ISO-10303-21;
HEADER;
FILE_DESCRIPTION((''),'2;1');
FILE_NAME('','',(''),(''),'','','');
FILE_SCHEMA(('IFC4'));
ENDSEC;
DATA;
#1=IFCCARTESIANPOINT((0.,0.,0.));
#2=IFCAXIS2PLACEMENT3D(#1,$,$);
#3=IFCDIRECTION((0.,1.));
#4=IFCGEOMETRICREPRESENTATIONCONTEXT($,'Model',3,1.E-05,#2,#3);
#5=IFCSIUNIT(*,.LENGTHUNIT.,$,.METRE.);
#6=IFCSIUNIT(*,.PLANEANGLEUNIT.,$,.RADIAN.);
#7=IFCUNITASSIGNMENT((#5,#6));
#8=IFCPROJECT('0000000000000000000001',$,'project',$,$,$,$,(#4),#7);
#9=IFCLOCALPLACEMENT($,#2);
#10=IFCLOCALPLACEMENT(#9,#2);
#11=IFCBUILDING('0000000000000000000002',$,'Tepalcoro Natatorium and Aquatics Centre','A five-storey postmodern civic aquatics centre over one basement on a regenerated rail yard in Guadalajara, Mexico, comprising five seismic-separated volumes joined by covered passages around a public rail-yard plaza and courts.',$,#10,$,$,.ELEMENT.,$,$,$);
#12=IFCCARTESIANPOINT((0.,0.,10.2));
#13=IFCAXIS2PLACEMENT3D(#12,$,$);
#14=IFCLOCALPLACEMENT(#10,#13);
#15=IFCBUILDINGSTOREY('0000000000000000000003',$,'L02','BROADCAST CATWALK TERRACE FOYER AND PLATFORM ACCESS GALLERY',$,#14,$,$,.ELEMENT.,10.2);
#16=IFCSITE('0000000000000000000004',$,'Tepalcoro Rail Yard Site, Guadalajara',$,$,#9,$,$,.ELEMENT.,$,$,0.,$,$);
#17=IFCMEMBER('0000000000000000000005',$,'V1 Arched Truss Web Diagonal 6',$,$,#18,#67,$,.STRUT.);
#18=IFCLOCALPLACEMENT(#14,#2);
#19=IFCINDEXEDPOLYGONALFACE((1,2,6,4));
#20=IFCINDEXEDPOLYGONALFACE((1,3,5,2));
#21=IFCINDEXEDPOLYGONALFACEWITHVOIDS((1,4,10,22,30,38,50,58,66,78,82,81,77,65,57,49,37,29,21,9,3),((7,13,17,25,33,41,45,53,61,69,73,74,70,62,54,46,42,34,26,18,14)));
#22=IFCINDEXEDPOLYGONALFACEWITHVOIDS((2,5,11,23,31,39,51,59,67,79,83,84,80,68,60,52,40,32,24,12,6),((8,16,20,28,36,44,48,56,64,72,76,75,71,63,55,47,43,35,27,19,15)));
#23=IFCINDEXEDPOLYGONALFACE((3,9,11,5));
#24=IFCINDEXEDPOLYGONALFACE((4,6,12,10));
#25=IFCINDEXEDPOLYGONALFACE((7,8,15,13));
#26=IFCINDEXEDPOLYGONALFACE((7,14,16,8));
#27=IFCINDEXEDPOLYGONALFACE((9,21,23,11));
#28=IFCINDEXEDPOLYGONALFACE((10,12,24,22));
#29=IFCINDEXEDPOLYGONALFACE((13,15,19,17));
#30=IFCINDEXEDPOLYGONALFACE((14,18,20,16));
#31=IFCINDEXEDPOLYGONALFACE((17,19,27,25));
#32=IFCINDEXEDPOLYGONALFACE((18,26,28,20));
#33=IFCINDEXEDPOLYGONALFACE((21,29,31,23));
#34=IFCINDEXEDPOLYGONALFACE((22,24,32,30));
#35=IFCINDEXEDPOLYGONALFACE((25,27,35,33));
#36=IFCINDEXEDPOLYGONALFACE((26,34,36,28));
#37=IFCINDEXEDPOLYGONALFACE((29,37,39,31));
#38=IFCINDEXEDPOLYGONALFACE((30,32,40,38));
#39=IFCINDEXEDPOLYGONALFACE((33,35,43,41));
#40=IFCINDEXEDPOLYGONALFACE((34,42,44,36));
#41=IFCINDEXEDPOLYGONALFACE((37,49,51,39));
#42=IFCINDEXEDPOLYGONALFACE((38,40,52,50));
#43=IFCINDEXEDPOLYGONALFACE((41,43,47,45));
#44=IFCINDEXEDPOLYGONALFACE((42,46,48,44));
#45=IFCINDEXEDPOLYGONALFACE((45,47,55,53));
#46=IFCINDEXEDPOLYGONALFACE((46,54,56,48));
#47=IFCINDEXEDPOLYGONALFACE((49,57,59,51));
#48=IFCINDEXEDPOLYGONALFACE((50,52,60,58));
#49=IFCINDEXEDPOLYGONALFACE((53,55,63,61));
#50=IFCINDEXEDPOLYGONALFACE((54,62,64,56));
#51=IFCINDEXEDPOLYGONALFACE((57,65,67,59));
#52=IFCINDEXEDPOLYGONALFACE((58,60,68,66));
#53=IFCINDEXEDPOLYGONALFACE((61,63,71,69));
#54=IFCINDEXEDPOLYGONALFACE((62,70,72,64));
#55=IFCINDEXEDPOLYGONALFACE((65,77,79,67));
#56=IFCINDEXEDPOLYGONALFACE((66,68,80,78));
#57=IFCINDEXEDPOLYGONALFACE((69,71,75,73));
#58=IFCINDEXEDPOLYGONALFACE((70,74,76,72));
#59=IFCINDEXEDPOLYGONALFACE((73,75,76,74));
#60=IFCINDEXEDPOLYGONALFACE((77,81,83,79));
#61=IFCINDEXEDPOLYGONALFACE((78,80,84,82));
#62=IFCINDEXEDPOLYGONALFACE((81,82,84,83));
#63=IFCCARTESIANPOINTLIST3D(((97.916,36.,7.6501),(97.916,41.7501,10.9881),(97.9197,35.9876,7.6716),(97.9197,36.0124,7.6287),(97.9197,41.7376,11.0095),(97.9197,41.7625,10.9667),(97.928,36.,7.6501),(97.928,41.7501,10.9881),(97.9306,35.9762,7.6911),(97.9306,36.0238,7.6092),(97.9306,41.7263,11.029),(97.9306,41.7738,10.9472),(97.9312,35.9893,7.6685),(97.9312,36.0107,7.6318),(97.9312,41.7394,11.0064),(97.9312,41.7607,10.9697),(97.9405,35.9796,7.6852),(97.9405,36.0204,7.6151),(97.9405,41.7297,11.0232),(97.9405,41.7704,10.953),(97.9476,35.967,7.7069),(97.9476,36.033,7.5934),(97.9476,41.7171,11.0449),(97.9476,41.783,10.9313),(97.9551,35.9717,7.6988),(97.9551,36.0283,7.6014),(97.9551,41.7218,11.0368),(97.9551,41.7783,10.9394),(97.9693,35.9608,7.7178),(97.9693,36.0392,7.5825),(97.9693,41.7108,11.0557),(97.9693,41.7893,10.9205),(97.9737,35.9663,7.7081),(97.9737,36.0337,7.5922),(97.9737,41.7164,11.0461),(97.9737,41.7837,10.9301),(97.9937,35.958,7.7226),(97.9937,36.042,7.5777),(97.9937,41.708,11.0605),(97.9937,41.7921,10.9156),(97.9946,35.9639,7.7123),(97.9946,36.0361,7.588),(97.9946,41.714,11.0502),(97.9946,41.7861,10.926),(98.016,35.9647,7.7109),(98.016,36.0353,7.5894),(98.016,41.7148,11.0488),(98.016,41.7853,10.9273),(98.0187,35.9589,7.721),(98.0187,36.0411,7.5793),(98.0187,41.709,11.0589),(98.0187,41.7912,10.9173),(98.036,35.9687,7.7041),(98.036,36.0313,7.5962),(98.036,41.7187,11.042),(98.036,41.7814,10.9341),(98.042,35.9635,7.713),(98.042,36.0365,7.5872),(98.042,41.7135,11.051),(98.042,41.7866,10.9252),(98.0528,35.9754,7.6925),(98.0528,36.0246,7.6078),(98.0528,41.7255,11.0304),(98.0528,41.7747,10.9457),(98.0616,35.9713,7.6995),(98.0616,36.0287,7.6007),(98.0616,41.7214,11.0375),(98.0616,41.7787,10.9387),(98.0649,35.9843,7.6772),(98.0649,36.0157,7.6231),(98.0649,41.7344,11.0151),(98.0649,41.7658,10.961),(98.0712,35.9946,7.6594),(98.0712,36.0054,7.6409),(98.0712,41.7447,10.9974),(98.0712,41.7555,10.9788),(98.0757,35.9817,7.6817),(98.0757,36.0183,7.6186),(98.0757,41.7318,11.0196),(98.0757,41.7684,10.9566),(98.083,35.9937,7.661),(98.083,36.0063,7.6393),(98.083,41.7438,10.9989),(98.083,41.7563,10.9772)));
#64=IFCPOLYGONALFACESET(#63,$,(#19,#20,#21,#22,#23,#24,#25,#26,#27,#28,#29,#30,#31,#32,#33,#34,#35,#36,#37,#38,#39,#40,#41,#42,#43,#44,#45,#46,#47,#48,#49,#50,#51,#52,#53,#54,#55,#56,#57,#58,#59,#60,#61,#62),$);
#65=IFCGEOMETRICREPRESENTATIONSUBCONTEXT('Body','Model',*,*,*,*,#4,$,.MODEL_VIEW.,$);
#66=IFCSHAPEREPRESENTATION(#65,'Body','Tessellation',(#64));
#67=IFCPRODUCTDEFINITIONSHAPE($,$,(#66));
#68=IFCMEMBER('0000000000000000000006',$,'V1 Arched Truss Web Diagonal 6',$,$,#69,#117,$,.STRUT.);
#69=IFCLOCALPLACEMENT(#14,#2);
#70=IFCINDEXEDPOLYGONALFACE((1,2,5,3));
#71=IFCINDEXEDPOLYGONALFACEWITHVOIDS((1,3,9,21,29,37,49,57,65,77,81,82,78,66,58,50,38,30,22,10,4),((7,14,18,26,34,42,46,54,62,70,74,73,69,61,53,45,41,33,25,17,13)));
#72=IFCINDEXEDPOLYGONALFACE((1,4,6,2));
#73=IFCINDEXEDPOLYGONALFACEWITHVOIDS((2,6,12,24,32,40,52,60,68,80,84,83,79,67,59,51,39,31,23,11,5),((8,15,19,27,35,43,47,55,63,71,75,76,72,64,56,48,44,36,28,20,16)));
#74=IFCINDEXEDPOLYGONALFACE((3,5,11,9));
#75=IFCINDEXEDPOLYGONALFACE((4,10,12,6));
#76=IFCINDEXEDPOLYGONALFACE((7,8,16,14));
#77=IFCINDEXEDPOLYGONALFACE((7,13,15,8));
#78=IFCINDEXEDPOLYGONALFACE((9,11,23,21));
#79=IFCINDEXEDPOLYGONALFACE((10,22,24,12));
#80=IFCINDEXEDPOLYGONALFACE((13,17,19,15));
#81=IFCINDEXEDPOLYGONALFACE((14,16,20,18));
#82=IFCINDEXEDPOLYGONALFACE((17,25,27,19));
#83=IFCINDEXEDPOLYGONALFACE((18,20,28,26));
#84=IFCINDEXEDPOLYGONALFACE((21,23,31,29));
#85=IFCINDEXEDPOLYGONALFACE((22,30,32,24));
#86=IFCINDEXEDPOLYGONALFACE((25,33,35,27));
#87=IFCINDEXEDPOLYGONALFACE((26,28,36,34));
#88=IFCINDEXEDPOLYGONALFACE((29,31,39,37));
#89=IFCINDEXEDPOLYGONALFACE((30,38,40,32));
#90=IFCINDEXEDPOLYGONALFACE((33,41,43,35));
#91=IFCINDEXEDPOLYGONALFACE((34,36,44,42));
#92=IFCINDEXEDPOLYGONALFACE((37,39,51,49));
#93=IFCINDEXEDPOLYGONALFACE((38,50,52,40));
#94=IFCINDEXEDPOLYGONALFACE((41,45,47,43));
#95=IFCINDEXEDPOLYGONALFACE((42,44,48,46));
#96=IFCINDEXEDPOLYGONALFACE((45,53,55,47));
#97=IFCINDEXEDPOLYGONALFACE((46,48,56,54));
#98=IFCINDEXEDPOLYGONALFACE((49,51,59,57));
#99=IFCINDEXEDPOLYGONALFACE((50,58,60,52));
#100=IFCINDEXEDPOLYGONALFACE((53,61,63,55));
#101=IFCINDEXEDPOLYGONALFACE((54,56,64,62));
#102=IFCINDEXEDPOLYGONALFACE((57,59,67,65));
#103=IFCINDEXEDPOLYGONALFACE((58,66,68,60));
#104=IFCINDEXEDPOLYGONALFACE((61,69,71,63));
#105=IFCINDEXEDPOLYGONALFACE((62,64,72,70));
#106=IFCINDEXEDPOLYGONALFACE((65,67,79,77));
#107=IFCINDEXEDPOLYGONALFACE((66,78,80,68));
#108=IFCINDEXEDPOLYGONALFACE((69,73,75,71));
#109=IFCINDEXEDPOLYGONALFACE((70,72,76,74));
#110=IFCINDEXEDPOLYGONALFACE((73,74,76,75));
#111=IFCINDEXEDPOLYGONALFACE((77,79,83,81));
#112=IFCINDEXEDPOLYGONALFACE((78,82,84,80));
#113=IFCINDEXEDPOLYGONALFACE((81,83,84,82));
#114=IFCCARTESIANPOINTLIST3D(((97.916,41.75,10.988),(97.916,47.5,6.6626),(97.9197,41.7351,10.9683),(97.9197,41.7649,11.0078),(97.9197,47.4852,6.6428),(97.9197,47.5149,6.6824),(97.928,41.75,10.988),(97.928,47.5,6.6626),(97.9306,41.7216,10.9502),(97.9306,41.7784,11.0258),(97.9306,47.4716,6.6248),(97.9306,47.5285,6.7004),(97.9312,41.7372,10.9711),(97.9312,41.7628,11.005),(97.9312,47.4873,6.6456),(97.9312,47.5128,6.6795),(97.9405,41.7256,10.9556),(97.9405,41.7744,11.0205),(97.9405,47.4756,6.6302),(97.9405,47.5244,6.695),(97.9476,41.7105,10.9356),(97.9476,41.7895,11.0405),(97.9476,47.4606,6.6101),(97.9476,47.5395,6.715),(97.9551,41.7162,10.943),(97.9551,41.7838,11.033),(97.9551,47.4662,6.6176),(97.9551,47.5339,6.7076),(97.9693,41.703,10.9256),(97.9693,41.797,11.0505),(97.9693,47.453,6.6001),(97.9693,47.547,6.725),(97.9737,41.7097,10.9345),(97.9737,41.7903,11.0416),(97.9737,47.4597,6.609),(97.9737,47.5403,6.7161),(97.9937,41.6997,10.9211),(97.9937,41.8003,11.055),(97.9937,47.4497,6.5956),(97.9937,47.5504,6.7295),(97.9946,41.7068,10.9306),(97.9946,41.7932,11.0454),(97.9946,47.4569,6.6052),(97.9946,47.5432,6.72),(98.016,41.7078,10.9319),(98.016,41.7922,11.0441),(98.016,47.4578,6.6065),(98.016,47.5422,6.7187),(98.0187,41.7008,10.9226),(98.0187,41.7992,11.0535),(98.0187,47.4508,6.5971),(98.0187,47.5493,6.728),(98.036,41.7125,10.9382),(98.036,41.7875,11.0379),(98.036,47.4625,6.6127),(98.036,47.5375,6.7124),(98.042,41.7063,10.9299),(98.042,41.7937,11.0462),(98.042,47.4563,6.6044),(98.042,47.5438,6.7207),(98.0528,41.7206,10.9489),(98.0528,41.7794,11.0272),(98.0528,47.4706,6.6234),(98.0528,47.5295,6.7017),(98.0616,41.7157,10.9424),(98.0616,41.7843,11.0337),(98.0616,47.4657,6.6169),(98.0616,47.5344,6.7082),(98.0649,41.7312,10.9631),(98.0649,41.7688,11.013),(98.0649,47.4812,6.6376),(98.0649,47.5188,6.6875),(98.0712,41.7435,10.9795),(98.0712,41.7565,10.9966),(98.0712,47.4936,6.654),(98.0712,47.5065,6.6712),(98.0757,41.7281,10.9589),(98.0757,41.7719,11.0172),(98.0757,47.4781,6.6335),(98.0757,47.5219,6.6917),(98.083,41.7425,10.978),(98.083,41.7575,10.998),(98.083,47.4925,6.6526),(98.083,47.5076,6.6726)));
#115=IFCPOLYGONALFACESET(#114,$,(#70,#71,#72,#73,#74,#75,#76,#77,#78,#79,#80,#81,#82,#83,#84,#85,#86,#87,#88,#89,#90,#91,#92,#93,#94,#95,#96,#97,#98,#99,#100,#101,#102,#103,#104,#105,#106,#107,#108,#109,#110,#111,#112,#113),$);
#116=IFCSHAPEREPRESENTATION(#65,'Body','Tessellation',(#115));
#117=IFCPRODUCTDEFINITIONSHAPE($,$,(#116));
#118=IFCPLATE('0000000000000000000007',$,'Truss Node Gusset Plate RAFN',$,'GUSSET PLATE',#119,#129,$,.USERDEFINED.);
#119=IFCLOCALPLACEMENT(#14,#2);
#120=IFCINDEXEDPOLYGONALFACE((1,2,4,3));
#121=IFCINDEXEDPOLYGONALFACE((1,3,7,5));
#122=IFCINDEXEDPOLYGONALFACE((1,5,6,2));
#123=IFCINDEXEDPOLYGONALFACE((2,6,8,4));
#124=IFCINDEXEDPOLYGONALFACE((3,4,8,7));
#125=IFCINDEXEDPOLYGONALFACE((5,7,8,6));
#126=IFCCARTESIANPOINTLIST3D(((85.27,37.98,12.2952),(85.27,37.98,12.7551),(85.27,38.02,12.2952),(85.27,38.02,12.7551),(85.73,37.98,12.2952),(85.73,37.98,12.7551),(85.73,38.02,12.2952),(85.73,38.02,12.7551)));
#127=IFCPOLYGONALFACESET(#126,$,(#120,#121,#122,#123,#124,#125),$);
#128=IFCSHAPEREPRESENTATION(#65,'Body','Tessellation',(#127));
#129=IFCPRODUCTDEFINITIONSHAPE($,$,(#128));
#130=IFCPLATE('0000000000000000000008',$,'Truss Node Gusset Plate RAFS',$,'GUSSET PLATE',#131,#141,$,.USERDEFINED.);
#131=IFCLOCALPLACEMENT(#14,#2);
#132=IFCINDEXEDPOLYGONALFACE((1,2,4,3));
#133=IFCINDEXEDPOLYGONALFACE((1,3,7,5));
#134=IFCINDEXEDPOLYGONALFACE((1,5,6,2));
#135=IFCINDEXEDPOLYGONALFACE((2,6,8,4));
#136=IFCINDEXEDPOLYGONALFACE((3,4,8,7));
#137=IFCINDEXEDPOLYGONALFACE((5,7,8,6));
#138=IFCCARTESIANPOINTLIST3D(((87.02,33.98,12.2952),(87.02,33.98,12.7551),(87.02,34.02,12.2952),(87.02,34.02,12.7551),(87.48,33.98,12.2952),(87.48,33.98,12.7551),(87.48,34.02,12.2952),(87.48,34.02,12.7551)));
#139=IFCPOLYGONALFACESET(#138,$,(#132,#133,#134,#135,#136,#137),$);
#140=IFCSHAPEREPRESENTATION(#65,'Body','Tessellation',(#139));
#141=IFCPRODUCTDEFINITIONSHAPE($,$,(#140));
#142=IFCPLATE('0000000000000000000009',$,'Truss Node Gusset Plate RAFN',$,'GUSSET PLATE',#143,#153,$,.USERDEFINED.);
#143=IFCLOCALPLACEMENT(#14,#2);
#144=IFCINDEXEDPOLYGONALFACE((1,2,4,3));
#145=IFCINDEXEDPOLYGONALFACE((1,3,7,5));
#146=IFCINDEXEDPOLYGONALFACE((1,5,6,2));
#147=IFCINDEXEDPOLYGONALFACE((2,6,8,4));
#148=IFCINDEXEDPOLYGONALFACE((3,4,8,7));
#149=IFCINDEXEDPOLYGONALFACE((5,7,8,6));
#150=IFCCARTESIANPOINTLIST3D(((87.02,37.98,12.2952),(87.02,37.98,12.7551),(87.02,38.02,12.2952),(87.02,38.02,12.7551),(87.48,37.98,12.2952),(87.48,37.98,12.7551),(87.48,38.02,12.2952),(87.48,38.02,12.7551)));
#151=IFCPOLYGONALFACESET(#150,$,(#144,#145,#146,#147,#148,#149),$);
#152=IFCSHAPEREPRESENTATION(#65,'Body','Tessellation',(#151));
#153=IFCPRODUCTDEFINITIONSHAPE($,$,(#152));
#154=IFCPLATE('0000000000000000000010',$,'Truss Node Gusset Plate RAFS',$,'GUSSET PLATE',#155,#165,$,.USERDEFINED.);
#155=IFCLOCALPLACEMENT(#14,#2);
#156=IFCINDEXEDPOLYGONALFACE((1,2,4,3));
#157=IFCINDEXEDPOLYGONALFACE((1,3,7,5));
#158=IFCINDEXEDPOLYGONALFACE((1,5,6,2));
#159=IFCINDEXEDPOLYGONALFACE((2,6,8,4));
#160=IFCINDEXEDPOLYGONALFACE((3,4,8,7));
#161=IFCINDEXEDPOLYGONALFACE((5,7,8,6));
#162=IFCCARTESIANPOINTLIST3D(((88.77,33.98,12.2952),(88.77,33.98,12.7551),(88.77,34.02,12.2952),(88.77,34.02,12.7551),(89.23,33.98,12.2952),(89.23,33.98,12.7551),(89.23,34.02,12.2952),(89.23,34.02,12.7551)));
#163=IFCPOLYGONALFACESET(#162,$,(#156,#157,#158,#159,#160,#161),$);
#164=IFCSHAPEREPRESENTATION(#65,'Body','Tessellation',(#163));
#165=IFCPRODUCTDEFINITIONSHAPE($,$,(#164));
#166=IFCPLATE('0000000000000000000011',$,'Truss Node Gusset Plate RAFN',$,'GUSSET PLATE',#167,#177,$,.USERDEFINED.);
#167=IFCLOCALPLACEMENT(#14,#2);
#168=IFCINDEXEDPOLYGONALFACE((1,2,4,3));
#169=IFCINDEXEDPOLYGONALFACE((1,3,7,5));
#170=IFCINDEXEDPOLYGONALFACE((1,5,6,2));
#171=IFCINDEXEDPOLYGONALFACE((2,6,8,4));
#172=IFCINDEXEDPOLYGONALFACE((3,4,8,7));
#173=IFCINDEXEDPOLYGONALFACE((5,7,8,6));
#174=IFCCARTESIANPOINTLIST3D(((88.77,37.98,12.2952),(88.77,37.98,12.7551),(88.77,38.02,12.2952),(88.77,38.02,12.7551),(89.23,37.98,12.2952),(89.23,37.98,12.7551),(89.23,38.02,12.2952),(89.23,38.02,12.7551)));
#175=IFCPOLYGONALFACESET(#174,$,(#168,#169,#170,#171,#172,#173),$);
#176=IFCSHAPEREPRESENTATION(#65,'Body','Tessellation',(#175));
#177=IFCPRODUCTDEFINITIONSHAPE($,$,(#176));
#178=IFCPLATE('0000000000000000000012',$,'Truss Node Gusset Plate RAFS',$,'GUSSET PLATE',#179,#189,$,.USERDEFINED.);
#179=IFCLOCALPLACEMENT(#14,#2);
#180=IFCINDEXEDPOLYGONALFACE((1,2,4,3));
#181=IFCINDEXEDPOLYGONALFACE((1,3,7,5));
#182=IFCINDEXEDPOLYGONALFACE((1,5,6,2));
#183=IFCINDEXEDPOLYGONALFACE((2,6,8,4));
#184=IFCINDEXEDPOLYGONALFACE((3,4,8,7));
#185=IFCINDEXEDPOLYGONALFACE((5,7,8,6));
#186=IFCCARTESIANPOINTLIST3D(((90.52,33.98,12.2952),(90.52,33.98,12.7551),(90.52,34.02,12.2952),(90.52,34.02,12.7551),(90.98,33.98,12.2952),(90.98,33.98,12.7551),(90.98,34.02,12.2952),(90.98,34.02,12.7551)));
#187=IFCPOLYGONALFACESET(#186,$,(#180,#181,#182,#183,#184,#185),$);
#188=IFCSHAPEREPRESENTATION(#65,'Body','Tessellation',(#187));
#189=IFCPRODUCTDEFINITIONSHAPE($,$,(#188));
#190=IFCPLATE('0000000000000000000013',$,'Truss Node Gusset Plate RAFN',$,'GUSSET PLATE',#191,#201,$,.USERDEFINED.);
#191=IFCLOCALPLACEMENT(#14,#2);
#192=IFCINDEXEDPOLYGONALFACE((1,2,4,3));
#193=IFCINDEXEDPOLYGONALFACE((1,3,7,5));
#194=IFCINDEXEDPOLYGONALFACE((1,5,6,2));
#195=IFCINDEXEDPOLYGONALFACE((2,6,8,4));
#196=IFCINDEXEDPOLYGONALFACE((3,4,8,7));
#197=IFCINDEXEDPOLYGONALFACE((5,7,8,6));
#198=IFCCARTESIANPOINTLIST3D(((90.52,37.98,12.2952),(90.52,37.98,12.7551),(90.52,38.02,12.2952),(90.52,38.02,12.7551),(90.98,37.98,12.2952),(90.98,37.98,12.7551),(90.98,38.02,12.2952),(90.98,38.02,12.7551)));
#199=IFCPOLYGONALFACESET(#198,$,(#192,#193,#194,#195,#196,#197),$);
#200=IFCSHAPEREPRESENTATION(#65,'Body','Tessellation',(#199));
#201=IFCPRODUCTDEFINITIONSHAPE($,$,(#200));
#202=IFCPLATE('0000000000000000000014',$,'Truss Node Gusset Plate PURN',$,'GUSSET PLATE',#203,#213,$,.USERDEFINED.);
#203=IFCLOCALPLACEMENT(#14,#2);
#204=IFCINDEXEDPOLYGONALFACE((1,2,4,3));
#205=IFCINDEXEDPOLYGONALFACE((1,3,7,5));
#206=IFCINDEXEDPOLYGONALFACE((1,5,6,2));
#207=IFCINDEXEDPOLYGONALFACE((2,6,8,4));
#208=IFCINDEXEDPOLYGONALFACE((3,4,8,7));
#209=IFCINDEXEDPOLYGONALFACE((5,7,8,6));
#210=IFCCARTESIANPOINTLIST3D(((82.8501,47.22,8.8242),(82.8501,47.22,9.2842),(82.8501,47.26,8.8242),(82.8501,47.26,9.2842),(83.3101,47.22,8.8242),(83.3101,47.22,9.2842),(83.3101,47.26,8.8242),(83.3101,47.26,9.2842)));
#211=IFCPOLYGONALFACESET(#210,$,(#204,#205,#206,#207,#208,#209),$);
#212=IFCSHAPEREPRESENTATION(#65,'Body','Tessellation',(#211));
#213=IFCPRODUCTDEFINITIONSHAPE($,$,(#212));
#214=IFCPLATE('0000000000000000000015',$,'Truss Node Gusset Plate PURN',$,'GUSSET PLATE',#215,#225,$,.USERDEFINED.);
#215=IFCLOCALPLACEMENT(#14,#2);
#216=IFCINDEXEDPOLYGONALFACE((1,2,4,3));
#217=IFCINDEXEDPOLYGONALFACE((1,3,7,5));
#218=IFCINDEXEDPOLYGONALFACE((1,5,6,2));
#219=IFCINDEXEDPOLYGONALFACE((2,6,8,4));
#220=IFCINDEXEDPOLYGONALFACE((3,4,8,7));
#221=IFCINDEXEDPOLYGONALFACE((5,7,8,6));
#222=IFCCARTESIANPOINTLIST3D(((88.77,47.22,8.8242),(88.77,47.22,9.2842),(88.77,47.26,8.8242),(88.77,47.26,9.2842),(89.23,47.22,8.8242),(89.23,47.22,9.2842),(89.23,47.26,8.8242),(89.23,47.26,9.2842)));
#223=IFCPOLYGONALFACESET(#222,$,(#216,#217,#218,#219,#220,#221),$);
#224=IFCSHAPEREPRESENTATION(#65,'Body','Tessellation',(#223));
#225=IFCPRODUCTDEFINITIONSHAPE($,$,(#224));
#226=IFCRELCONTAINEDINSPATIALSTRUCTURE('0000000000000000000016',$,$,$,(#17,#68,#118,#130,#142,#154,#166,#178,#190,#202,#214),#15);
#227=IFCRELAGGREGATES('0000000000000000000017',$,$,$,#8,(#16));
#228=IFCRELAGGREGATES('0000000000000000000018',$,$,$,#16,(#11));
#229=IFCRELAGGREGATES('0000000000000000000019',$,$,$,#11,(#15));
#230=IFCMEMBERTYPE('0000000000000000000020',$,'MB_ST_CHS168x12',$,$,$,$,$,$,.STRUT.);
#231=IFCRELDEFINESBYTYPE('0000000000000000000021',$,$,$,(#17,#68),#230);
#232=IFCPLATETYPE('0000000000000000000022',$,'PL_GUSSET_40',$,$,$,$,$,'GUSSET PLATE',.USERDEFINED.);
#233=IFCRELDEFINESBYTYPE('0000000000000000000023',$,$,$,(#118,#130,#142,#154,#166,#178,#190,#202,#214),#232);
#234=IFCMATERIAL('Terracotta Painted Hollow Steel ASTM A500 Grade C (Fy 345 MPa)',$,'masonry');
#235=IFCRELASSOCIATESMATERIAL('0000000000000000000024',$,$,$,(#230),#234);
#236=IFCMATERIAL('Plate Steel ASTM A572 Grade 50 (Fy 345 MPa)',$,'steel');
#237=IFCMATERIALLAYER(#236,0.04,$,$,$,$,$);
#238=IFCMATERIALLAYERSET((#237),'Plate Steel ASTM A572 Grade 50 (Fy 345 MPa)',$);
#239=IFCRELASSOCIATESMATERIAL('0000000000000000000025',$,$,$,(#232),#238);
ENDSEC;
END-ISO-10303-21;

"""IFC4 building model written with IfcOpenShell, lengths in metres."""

from ifc_helpers import new_model, si_unit, direction, frame, origin, origin_2d, place, context, subcontext, project, spatial, rectangle, hollow_circle, extrude, material, layer, layer_set, material_profile, profile_set, type_object, element, save


model = new_model("IFC4")

# Units and contexts
model_context = context("Model", 3, precision=1e-05, world=origin(), true_north=direction((0.0, 1.0)))
body_context = subcontext(model_context, "Body", "Model", "MODEL_VIEW")
ifc_project = project(units=[si_unit("LENGTHUNIT", "METRE"), si_unit("PLANEANGLEUNIT", "RADIAN")], contexts=[model_context])

# Site, building, storey
site_placement = place(None, origin())
site = spatial("IfcSite", under=ifc_project, at=site_placement, Name="Tepalcoro Rail Yard Site, Guadalajara", CompositionType="ELEMENT", RefElevation=0.0)
building_placement = place(site_placement, origin())
building = spatial("IfcBuilding", under=site, at=building_placement, Name="Tepalcoro Natatorium and Aquatics Centre", Description="A five-storey postmodern civic aquatics centre over one basement on a regenerated rail yard in Guadalajara, Mexico, comprising five seismic-separated volumes joined by covered passages around a public rail-yard plaza and courts.", CompositionType="ELEMENT")
storey_placement = place(building_placement, frame((0.0, 0.0, 10.2)))
storey = spatial("IfcBuildingStorey", under=building, at=storey_placement, Name="L02", Description="BROADCAST CATWALK TERRACE FOYER AND PLATFORM ACCESS GALLERY", CompositionType="ELEMENT", Elevation=10.2)

# Shared definitions
ifc_material_1 = material(Name="Terracotta Painted Hollow Steel ASTM A500 Grade C (Fy 345 MPa)", Category="masonry")

# Members
ifc_material_profile_1 = material_profile(ifc_material_1, hollow_circle(Radius=0.084, WallThickness=0.012, at=origin_2d()), Name="CHS168X12")
ifc_profile_set_1 = profile_set([ifc_material_profile_1], Name="Terracotta Painted Hollow Steel ASTM A500 Grade C (Fy 345 MPa)")
member_type_1 = type_object("IfcMemberType", Name="MB_ST_CHS168x12", PredefinedType="STRUT", material=ifc_profile_set_1)
member_1_placement = place(storey_placement, frame((98.0, 36.0, 7.6501), z_axis=(0.0, 0.864842, 0.502043), x_axis=(-1.0, 0.0, 0.0)))
element("IfcMember", 1, at=member_1_placement, inside=storey, type_object=member_type_1, Name="V1 Arched Truss Web Diagonal 6", PredefinedType="STRUT", context=body_context, shape_type="SweptSolid", body=[
    extrude(hollow_circle(Radius=0.084, WallThickness=0.012, at=origin_2d()), origin(), (0.0, 0.0, 1.0), 6.6487),
])
member_2_placement = place(storey_placement, frame((98.0, 41.75, 10.988), z_axis=(0.0, 0.799136, -0.60115), x_axis=(-1.0, 0.0, 0.0)))
element("IfcMember", 2, at=member_2_placement, inside=storey, type_object=member_type_1, Name="V1 Arched Truss Web Diagonal 6", PredefinedType="STRUT", context=body_context, shape_type="SweptSolid", body=[
    extrude(hollow_circle(Radius=0.084, WallThickness=0.012, at=origin_2d()), origin(), (0.0, 0.0, 1.0), 7.1953),
])

# Plates
ifc_material_2 = material(Name="Plate Steel ASTM A572 Grade 50 (Fy 345 MPa)", Category="steel")
ifc_layer = layer(ifc_material_2, 0.04)
ifc_layer_set = layer_set([ifc_layer], Name="Plate Steel ASTM A572 Grade 50 (Fy 345 MPa)")
plate_type = type_object("IfcPlateType", Name="PL_GUSSET_40", ElementType="GUSSET PLATE", PredefinedType="USERDEFINED", material=ifc_layer_set)
for number, where, z_axis, x_axis, name in (
    (3, (85.5, 38.0, 12.2952), (0.0, 0.0, 1.0), (1.0, 0.0, 0.0), "Truss Node Gusset Plate RAFN"),
    (4, (87.25, 34.0, 12.2952), (0.0, 0.0, 1.0), (1.0, 0.0, 0.0), "Truss Node Gusset Plate RAFS"),
    (5, (87.25, 38.0, 12.2952), (0.0, 0.0, 1.0), (1.0, 0.0, 0.0), "Truss Node Gusset Plate RAFN"),
    (6, (89.0, 34.0, 12.2952), (0.0, 0.0, 1.0), (1.0, 0.0, 0.0), "Truss Node Gusset Plate RAFS"),
    (7, (89.0, 38.0, 12.2952), (0.0, 0.0, 1.0), (1.0, 0.0, 0.0), "Truss Node Gusset Plate RAFN"),
    (8, (90.75, 34.0, 12.2952), (0.0, 0.0, 1.0), (1.0, 0.0, 0.0), "Truss Node Gusset Plate RAFS"),
    (9, (90.75, 38.0, 12.2952), (0.0, 0.0, 1.0), (1.0, 0.0, 0.0), "Truss Node Gusset Plate RAFN"),
    (10, (83.0801, 47.24, 8.8242), (0.0, 0.0, 1.0), (1.0, 0.0, 0.0), "Truss Node Gusset Plate PURN"),
    (11, (89.0, 47.24, 8.8242), (0.0, 0.0, 1.0), (1.0, 0.0, 0.0), "Truss Node Gusset Plate PURN"),
):
    element("IfcPlate", number, at=place(storey_placement, frame(where, z_axis=z_axis, x_axis=x_axis)), inside=storey, type_object=plate_type, Name=name, ObjectType="GUSSET PLATE", PredefinedType="USERDEFINED", context=body_context, shape_type="SweptSolid", body=[
        extrude(rectangle(XDim=0.46, YDim=0.04, at=origin_2d()), origin(), (0.0, 0.0, 1.0), 0.46),
    ])

save(model, "model.ifc")
